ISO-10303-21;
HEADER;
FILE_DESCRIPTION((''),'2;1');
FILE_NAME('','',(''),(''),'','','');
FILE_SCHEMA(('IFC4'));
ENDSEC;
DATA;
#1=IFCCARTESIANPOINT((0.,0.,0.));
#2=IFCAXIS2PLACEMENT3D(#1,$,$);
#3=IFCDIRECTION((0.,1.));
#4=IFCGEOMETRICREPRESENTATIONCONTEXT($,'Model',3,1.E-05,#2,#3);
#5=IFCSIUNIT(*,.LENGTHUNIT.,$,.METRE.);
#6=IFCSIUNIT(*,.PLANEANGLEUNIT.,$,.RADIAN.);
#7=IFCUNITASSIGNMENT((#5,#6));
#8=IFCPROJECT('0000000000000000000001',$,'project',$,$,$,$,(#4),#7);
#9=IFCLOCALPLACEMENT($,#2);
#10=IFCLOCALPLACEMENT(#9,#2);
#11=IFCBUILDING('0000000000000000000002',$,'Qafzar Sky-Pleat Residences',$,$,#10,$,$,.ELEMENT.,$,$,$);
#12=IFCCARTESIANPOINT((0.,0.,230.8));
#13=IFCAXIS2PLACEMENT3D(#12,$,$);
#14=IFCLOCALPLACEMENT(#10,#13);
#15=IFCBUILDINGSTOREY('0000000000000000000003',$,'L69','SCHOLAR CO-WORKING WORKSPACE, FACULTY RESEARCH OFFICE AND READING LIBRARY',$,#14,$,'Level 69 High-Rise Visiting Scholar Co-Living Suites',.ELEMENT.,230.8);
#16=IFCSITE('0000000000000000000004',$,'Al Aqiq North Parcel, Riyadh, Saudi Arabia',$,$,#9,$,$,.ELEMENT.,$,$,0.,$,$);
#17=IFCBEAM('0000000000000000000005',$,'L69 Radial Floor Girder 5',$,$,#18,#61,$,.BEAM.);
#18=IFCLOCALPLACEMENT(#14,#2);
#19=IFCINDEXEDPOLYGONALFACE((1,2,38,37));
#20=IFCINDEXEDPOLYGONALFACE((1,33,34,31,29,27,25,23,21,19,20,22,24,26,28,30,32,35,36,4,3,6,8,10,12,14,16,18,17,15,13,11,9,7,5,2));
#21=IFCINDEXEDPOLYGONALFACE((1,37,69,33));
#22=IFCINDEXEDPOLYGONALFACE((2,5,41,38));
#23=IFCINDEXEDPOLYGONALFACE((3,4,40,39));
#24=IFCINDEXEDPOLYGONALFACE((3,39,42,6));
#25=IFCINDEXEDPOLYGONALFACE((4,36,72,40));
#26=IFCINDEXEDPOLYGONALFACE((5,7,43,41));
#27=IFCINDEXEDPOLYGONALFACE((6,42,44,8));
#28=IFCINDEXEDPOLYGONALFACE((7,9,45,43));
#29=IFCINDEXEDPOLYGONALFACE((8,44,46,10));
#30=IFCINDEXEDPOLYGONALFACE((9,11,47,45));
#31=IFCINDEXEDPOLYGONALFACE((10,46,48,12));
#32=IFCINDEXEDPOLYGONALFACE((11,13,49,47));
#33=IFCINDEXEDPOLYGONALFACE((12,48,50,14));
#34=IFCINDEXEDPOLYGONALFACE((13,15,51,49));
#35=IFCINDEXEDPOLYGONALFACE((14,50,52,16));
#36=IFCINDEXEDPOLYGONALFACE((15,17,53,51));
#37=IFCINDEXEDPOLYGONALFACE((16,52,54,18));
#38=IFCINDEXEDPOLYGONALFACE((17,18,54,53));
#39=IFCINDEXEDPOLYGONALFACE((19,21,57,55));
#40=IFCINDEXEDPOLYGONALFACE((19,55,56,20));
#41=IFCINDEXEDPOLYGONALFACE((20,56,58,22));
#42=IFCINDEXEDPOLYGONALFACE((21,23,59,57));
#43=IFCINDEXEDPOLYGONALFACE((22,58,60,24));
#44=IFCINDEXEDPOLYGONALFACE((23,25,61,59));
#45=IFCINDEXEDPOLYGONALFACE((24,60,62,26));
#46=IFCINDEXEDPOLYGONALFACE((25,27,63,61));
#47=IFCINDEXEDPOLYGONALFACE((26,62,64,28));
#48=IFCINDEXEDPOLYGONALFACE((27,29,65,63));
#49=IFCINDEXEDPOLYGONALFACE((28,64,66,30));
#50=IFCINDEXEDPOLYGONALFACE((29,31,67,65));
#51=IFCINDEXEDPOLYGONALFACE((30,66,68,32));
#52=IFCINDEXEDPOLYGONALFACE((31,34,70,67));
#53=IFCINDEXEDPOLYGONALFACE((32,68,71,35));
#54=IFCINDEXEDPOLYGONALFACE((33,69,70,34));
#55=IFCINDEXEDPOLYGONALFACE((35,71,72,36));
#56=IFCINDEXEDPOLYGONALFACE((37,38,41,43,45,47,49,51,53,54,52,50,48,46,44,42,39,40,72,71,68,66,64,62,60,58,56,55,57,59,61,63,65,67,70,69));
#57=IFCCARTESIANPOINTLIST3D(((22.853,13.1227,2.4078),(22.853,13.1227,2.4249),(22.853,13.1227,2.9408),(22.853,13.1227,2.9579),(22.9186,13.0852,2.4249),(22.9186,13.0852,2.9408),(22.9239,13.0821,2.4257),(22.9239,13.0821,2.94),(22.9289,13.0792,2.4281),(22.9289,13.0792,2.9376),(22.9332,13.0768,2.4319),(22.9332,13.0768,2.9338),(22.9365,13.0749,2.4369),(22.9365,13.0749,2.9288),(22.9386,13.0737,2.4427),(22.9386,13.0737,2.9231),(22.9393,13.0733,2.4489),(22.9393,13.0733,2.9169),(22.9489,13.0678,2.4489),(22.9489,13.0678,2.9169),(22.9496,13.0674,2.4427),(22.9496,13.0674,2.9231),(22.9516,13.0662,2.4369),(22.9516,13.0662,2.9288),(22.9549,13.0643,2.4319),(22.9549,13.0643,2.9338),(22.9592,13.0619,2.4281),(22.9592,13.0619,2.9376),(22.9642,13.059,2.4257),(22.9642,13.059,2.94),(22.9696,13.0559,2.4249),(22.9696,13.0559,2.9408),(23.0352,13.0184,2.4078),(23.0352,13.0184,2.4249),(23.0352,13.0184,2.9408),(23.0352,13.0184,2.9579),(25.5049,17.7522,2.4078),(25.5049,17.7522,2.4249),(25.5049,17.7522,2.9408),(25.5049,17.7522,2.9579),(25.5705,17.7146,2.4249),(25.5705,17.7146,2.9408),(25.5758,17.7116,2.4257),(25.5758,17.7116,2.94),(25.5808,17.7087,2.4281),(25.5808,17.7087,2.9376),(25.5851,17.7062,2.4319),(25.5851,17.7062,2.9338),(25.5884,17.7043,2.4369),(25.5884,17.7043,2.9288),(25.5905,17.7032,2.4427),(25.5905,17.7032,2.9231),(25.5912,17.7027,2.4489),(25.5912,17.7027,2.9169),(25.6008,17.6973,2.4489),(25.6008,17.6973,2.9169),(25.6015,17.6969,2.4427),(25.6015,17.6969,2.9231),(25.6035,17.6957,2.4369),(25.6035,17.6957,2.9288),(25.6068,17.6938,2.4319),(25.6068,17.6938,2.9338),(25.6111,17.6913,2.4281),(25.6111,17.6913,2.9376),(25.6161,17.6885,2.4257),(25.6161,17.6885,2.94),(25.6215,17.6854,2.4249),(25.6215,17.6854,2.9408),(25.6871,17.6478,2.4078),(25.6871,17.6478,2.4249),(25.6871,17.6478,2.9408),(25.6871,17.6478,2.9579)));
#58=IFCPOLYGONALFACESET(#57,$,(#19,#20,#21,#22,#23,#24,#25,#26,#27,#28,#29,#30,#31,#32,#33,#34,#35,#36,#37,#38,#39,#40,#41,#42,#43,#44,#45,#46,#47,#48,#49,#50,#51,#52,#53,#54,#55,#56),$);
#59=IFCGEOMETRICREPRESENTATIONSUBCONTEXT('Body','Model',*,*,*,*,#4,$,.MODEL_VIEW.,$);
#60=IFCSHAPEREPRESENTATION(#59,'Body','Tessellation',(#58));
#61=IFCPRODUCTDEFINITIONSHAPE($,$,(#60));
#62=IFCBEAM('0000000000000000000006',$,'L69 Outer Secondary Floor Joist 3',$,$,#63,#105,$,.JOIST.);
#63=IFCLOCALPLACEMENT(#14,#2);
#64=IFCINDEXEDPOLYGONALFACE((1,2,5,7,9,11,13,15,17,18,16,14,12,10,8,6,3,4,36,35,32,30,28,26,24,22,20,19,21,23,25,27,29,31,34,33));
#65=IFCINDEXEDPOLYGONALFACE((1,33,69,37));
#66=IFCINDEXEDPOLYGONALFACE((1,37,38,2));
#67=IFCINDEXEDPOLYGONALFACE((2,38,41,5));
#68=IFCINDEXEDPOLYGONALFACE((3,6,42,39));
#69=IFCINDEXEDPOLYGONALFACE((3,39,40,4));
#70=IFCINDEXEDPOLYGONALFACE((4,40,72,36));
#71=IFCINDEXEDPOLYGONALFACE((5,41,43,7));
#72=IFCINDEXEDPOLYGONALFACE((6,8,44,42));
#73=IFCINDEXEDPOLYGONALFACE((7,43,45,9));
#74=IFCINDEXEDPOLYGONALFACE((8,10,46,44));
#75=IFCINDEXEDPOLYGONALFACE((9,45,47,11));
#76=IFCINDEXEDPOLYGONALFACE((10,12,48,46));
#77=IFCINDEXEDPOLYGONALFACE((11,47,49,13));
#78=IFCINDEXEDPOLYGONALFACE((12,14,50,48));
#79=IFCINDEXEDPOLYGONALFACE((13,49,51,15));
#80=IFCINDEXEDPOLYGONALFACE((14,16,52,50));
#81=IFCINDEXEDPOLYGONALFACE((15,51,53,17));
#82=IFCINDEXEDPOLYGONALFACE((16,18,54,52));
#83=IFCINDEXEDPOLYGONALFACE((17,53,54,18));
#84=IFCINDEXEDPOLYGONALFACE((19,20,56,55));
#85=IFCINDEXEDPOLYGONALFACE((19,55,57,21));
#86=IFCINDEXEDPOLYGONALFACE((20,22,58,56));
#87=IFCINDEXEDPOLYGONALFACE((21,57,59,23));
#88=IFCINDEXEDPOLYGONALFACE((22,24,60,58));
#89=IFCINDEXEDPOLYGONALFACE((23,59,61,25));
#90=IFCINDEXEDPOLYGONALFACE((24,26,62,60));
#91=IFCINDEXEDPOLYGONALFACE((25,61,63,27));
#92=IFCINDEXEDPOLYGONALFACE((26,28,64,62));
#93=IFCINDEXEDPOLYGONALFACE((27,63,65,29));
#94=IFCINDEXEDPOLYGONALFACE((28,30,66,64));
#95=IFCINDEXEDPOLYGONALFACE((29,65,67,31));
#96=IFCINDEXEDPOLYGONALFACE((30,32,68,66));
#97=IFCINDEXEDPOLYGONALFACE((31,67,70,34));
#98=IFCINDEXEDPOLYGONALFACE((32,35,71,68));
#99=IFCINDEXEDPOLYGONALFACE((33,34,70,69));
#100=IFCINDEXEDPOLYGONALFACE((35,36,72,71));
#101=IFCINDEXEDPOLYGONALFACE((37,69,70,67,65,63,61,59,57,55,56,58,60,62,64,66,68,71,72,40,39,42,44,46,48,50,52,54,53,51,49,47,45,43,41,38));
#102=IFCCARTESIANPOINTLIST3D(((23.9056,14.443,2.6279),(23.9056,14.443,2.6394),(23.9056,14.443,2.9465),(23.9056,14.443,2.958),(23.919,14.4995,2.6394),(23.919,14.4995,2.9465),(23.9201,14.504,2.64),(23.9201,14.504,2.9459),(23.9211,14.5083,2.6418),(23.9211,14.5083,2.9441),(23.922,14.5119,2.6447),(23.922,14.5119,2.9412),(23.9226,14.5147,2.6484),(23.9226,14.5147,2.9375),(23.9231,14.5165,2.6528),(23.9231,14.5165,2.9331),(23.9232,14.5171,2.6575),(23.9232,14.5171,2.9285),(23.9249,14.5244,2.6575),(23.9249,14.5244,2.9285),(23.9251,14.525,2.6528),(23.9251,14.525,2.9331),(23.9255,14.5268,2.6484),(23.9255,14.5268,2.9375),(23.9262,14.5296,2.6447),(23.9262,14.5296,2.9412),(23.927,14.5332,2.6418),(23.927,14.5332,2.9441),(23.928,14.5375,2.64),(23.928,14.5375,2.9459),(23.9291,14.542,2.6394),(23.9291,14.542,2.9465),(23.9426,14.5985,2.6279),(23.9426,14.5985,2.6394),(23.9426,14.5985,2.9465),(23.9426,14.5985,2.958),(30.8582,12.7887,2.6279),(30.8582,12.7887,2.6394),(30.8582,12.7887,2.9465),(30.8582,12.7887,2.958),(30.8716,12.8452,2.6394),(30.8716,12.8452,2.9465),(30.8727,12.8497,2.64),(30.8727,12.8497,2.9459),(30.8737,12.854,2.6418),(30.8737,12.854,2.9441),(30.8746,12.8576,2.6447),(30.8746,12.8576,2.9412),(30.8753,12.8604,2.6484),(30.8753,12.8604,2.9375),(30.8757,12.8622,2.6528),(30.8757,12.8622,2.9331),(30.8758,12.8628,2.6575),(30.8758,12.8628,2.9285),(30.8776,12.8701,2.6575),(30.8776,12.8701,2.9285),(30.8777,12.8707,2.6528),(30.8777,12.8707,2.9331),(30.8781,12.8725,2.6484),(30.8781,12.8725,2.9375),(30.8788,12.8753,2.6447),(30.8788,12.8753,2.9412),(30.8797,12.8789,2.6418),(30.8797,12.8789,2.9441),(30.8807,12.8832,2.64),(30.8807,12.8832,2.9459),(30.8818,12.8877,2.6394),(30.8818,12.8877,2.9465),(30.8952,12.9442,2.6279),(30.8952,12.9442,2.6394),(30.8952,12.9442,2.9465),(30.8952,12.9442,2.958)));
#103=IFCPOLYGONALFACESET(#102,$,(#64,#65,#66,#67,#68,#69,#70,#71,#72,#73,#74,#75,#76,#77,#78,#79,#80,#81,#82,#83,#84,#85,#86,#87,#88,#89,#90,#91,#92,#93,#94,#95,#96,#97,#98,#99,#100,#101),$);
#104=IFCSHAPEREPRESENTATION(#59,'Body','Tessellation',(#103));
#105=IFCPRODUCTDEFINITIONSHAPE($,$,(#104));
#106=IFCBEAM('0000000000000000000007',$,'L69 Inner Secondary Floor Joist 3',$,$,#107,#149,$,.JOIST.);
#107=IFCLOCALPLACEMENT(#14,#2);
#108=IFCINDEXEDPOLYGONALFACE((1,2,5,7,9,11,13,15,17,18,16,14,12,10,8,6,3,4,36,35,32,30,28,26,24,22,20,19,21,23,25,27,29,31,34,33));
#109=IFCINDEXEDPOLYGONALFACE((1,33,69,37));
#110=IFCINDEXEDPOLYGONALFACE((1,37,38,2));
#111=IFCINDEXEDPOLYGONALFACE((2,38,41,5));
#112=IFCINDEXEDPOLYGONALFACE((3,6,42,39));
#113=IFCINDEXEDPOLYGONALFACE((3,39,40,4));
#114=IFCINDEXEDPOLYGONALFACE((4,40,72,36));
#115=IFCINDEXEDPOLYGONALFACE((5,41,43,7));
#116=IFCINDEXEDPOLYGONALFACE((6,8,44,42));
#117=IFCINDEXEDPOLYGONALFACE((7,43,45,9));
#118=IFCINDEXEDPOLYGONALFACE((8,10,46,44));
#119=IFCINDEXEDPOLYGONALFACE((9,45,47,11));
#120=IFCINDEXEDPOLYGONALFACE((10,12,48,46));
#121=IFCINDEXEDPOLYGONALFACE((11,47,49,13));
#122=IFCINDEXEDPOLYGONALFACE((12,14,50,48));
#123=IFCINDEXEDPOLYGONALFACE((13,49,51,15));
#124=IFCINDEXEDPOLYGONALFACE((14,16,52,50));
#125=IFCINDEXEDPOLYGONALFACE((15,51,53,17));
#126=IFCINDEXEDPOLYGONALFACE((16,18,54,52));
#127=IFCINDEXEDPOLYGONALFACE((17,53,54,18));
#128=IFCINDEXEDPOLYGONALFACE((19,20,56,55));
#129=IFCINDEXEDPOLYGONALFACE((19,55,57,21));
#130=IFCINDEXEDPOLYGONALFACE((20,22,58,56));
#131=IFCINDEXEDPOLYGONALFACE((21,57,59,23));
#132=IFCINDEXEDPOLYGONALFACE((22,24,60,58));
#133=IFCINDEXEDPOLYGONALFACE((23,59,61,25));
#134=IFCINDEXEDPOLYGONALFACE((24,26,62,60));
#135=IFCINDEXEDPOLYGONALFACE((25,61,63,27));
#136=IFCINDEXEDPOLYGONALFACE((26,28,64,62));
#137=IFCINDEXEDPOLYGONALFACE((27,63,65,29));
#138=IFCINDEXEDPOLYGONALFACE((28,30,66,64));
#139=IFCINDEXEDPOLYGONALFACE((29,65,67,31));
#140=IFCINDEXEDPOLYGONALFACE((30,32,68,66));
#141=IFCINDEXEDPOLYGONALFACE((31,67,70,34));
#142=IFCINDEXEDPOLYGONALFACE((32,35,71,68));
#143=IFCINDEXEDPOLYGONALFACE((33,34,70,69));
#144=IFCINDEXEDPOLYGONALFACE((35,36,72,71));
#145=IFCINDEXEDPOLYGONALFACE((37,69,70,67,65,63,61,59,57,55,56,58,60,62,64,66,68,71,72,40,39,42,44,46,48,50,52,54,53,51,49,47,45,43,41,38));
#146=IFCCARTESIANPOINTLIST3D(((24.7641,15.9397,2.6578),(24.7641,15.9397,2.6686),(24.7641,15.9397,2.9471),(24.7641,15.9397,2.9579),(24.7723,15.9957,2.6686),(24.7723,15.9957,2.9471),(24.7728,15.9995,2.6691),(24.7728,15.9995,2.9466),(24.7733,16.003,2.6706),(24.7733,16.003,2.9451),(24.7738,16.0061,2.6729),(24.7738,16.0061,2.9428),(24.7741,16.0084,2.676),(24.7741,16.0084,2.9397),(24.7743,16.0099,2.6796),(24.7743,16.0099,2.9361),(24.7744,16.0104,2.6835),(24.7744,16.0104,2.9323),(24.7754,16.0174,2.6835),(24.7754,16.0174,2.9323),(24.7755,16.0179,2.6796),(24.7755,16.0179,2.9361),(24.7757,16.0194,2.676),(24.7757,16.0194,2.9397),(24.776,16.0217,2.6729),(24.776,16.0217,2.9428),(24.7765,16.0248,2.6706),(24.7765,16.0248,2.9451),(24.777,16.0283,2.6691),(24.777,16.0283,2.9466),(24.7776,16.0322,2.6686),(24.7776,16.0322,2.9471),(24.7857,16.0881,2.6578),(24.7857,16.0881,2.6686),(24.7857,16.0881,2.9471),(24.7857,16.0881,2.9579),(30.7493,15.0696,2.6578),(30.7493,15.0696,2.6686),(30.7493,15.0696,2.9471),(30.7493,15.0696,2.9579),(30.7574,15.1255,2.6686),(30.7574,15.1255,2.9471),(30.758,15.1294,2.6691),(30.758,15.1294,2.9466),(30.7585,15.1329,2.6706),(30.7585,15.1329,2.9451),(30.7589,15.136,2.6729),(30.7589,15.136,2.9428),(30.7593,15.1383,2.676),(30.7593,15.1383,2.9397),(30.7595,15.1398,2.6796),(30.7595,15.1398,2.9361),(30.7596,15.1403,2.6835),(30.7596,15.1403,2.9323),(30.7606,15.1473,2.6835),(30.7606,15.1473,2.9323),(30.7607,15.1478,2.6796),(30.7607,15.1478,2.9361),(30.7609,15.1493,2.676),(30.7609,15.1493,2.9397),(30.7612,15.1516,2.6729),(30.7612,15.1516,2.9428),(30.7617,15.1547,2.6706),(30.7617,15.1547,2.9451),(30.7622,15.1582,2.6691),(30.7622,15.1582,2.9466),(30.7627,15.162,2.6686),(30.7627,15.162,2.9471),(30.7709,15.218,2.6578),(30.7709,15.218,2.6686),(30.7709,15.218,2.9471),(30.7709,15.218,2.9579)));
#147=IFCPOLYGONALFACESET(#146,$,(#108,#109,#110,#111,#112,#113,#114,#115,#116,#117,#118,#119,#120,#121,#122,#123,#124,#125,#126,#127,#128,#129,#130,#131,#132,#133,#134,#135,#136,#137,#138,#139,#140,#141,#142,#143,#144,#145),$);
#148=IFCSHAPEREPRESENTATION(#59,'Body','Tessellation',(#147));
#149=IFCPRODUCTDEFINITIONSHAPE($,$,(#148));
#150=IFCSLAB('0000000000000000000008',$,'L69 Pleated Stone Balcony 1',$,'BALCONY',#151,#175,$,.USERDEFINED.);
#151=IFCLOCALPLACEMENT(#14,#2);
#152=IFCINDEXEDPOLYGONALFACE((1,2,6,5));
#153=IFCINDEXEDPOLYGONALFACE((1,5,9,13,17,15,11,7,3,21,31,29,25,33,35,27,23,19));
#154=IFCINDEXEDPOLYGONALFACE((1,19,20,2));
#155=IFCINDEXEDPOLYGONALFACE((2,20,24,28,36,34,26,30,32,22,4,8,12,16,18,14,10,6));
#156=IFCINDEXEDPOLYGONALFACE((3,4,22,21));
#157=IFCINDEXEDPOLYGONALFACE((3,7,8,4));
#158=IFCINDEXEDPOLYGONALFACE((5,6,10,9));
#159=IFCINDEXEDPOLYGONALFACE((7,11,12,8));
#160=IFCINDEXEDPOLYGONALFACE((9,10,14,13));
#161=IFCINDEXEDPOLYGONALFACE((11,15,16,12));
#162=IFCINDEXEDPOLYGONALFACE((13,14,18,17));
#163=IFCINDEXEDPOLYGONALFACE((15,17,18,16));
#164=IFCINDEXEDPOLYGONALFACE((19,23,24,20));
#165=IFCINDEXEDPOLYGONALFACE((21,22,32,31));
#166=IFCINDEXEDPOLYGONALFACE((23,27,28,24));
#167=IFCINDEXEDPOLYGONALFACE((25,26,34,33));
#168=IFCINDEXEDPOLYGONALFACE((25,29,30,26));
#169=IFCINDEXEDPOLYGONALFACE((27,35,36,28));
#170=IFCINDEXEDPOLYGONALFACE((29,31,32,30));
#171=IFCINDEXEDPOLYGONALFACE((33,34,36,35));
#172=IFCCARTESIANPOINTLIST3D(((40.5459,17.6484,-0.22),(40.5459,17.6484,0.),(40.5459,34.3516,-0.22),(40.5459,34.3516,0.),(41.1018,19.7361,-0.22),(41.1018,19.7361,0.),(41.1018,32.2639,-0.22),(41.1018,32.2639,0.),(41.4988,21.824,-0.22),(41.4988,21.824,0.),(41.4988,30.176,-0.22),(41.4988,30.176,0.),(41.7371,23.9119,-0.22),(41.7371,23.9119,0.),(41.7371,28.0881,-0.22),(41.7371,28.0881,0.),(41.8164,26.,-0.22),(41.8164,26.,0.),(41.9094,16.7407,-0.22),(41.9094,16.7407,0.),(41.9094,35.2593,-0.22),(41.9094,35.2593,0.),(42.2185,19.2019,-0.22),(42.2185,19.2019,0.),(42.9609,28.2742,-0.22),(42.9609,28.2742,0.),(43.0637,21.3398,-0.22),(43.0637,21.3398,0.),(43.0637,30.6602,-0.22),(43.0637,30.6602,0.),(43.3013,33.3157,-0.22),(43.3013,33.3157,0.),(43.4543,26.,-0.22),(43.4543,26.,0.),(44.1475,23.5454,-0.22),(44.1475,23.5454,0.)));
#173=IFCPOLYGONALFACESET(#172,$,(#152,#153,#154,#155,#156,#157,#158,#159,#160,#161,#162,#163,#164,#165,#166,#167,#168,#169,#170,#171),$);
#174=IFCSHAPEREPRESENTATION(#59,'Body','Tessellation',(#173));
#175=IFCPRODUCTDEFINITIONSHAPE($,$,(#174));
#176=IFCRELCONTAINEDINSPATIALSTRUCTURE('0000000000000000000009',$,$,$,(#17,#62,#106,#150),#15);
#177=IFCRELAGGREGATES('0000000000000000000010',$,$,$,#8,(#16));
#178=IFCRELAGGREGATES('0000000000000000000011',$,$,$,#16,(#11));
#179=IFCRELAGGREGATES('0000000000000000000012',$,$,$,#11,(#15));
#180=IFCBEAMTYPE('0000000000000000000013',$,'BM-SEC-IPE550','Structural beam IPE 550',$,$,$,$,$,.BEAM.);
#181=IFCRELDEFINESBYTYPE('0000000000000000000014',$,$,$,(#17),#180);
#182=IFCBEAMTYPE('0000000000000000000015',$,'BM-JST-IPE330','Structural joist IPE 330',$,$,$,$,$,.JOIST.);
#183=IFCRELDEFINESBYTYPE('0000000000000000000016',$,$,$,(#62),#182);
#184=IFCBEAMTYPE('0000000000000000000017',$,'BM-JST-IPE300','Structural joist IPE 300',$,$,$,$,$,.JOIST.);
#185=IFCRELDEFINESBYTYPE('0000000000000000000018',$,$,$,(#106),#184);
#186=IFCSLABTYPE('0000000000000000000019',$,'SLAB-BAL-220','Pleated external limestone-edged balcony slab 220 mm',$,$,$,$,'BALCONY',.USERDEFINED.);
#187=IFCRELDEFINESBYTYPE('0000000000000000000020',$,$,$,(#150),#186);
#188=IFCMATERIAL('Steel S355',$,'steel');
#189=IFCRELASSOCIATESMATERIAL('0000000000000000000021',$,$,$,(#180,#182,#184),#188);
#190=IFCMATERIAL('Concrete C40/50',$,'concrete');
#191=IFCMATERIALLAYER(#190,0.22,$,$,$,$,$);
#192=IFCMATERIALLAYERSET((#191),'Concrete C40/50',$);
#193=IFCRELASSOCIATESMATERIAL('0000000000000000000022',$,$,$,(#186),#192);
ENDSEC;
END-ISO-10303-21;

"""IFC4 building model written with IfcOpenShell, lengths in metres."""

from ifc_helpers import new_model, si_unit, direction, frame, origin, origin_2d, place, context, subcontext, project, spatial, polyline, i_section, outline, extrude, source, transform, mapped, material, layer, layer_set, material_profile, profile_set, type_object, element, save


model = new_model("IFC4")

# Units and contexts
model_context = context("Model", 3, precision=1e-05, world=origin(), true_north=direction((0.0, 1.0)))
body_context = subcontext(model_context, "Body", "Model", "MODEL_VIEW")
ifc_project = project(units=[si_unit("LENGTHUNIT", "METRE"), si_unit("PLANEANGLEUNIT", "RADIAN")], contexts=[model_context])

# Site, building, storey
site_placement = place(None, origin())
site = spatial("IfcSite", under=ifc_project, at=site_placement, Name="Al Aqiq North Parcel, Riyadh, Saudi Arabia", CompositionType="ELEMENT", RefElevation=0.0)
building_placement = place(site_placement, origin())
building = spatial("IfcBuilding", under=site, at=building_placement, Name="Qafzar Sky-Pleat Residences", CompositionType="ELEMENT")
storey_placement = place(building_placement, frame((0.0, 0.0, 230.8)))
storey = spatial("IfcBuildingStorey", under=building, at=storey_placement, Name="L69", Description="SCHOLAR CO-WORKING WORKSPACE, FACULTY RESEARCH OFFICE AND READING LIBRARY", LongName="Level 69 High-Rise Visiting Scholar Co-Living Suites", CompositionType="ELEMENT", Elevation=230.8)

# Shared definitions
ifc_material_1 = material(Name="Steel S355", Category="steel")

# Beams
ifc_material_profile_1 = material_profile(ifc_material_1, i_section(OverallWidth=0.21, OverallDepth=0.55, WebThickness=0.011, FlangeThickness=0.0171, FilletRadius=0.0239, at=origin_2d()), Name="IPE 550")
ifc_profile_set_1 = profile_set([ifc_material_profile_1], Name="Steel S355")
beam_type_1 = type_object("IfcBeamType", Name="BM-SEC-IPE550", Description="Structural beam IPE 550", PredefinedType="BEAM", material=ifc_profile_set_1)
shared_shape_1 = source(origin(), body_context, "Body", "SweptSolid", [
    extrude(i_section(OverallWidth=0.21, OverallDepth=0.55, WebThickness=0.011, FlangeThickness=0.0171, FilletRadius=0.0239, at=origin_2d()), origin(), (0.0, 0.0, 1.0), 5.3352),
])
beam_1_placement = place(storey_placement, frame((22.9441, 13.0706, 2.6829), z_axis=(0.497055, 0.867719, 0.0), x_axis=(-0.867719, 0.497055, 0.0)))
element("IfcBeam", 1, at=beam_1_placement, inside=storey, type_object=beam_type_1, Name="L69 Radial Floor Girder 5", PredefinedType="BEAM", context=body_context, shape_type="MappedRepresentation", body=[
    mapped(shared_shape_1, transform((0.0, 0.0, 0.0), x_axis=(1.0, 0.0, 0.0), y_axis=(0.0, 1.0, 0.0), z_axis=(0.0, 0.0, 1.0), scale=1.0)),
])
ifc_material_profile_2 = material_profile(ifc_material_1, i_section(OverallWidth=0.1599, OverallDepth=0.3301, WebThickness=0.0076, FlangeThickness=0.0115, FilletRadius=0.0181, at=origin_2d()), Name="IPE 330")
ifc_profile_set_2 = profile_set([ifc_material_profile_2], Name="Steel S355")
beam_type_2 = type_object("IfcBeamType", Name="BM-JST-IPE330", Description="Structural joist IPE 330", PredefinedType="JOIST", material=ifc_profile_set_2)
shared_shape_2 = source(origin(), body_context, "Body", "SweptSolid", [
    extrude(i_section(OverallWidth=0.1599, OverallDepth=0.3301, WebThickness=0.0076, FlangeThickness=0.0115, FilletRadius=0.0181, at=origin_2d()), origin(), (0.0, 0.0, 1.0), 7.1467),
])
beam_2_placement = place(storey_placement, frame((23.9241, 14.5208, 2.793), z_axis=(0.972841, -0.231476, 0.0), x_axis=(0.231476, 0.972841, 0.0)))
element("IfcBeam", 2, at=beam_2_placement, inside=storey, type_object=beam_type_2, Name="L69 Outer Secondary Floor Joist 3", PredefinedType="JOIST", context=body_context, shape_type="MappedRepresentation", body=[
    mapped(shared_shape_2, transform((0.0, 0.0, 0.0), x_axis=(1.0, 0.0, 0.0), y_axis=(0.0, 1.0, 0.0), z_axis=(0.0, 0.0, 1.0), scale=1.0)),
])
ifc_material_profile_3 = material_profile(ifc_material_1, i_section(OverallWidth=0.1499, OverallDepth=0.3, WebThickness=0.0071, FlangeThickness=0.0107, FilletRadius=0.0149, at=origin_2d()), Name="IPE 300")
ifc_profile_set_3 = profile_set([ifc_material_profile_3], Name="Steel S355")
beam_type_3 = type_object("IfcBeamType", Name="BM-JST-IPE300", Description="Structural joist IPE 300", PredefinedType="JOIST", material=ifc_profile_set_3)
shared_shape_3 = source(origin(), body_context, "Body", "SweptSolid", [
    extrude(i_section(OverallWidth=0.1499, OverallDepth=0.3, WebThickness=0.0071, FlangeThickness=0.0107, FilletRadius=0.0149, at=origin_2d()), origin(), (0.0, 0.0, 1.0), 6.0481),
])
beam_3_placement = place(storey_placement, frame((24.7749, 16.0139, 2.8079), z_axis=(0.989597, -0.143868, 0.0), x_axis=(0.143868, 0.989597, 0.0)))
element("IfcBeam", 3, at=beam_3_placement, inside=storey, type_object=beam_type_3, Name="L69 Inner Secondary Floor Joist 3", PredefinedType="JOIST", context=body_context, shape_type="MappedRepresentation", body=[
    mapped(shared_shape_3, transform((0.0, 0.0, 0.0), x_axis=(1.0, 0.0, 0.0), y_axis=(0.0, 1.0, 0.0), z_axis=(0.0, 0.0, 1.0), scale=1.0)),
])

# Slab
ifc_material_2 = material(Name="Concrete C40/50", Category="concrete")
ifc_layer_1 = layer(ifc_material_2, 0.22)
ifc_layer_set_1 = layer_set([ifc_layer_1], Name="Concrete C40/50")
slab_type_1 = type_object("IfcSlabType", Name="SLAB-BAL-220", Description="Pleated external limestone-edged balcony slab 220 mm", ElementType="BALCONY", PredefinedType="USERDEFINED", material=ifc_layer_set_1)
slab_1_placement = place(storey_placement, frame((0.0, 0.0, -0.22)))
element("IfcSlab", 4, at=slab_1_placement, inside=storey, type_object=slab_type_1, Name="L69 Pleated Stone Balcony 1", ObjectType="BALCONY", PredefinedType="USERDEFINED", context=body_context, shape_type="SweptSolid", body=[
    extrude(outline(polyline([(41.1018, 19.7361), (41.4988, 21.824), (41.7371, 23.9119), (41.8164, 26.0), (41.7371, 28.0881), (41.4988, 30.176), (41.1018, 32.2639), (40.5459, 34.3516), (41.9094, 35.2593), (43.3013, 33.3157), (43.0637, 30.6602), (42.9609, 28.2742), (43.4543, 26.0), (44.1475, 23.5454), (43.0637, 21.3398), (42.2185, 19.2019), (41.9094, 16.7407), (40.5459, 17.6484), (41.1018, 19.7361)])), origin(), (0.0, 0.0, 1.0), 0.22),
])

save(model, "model.ifc")
